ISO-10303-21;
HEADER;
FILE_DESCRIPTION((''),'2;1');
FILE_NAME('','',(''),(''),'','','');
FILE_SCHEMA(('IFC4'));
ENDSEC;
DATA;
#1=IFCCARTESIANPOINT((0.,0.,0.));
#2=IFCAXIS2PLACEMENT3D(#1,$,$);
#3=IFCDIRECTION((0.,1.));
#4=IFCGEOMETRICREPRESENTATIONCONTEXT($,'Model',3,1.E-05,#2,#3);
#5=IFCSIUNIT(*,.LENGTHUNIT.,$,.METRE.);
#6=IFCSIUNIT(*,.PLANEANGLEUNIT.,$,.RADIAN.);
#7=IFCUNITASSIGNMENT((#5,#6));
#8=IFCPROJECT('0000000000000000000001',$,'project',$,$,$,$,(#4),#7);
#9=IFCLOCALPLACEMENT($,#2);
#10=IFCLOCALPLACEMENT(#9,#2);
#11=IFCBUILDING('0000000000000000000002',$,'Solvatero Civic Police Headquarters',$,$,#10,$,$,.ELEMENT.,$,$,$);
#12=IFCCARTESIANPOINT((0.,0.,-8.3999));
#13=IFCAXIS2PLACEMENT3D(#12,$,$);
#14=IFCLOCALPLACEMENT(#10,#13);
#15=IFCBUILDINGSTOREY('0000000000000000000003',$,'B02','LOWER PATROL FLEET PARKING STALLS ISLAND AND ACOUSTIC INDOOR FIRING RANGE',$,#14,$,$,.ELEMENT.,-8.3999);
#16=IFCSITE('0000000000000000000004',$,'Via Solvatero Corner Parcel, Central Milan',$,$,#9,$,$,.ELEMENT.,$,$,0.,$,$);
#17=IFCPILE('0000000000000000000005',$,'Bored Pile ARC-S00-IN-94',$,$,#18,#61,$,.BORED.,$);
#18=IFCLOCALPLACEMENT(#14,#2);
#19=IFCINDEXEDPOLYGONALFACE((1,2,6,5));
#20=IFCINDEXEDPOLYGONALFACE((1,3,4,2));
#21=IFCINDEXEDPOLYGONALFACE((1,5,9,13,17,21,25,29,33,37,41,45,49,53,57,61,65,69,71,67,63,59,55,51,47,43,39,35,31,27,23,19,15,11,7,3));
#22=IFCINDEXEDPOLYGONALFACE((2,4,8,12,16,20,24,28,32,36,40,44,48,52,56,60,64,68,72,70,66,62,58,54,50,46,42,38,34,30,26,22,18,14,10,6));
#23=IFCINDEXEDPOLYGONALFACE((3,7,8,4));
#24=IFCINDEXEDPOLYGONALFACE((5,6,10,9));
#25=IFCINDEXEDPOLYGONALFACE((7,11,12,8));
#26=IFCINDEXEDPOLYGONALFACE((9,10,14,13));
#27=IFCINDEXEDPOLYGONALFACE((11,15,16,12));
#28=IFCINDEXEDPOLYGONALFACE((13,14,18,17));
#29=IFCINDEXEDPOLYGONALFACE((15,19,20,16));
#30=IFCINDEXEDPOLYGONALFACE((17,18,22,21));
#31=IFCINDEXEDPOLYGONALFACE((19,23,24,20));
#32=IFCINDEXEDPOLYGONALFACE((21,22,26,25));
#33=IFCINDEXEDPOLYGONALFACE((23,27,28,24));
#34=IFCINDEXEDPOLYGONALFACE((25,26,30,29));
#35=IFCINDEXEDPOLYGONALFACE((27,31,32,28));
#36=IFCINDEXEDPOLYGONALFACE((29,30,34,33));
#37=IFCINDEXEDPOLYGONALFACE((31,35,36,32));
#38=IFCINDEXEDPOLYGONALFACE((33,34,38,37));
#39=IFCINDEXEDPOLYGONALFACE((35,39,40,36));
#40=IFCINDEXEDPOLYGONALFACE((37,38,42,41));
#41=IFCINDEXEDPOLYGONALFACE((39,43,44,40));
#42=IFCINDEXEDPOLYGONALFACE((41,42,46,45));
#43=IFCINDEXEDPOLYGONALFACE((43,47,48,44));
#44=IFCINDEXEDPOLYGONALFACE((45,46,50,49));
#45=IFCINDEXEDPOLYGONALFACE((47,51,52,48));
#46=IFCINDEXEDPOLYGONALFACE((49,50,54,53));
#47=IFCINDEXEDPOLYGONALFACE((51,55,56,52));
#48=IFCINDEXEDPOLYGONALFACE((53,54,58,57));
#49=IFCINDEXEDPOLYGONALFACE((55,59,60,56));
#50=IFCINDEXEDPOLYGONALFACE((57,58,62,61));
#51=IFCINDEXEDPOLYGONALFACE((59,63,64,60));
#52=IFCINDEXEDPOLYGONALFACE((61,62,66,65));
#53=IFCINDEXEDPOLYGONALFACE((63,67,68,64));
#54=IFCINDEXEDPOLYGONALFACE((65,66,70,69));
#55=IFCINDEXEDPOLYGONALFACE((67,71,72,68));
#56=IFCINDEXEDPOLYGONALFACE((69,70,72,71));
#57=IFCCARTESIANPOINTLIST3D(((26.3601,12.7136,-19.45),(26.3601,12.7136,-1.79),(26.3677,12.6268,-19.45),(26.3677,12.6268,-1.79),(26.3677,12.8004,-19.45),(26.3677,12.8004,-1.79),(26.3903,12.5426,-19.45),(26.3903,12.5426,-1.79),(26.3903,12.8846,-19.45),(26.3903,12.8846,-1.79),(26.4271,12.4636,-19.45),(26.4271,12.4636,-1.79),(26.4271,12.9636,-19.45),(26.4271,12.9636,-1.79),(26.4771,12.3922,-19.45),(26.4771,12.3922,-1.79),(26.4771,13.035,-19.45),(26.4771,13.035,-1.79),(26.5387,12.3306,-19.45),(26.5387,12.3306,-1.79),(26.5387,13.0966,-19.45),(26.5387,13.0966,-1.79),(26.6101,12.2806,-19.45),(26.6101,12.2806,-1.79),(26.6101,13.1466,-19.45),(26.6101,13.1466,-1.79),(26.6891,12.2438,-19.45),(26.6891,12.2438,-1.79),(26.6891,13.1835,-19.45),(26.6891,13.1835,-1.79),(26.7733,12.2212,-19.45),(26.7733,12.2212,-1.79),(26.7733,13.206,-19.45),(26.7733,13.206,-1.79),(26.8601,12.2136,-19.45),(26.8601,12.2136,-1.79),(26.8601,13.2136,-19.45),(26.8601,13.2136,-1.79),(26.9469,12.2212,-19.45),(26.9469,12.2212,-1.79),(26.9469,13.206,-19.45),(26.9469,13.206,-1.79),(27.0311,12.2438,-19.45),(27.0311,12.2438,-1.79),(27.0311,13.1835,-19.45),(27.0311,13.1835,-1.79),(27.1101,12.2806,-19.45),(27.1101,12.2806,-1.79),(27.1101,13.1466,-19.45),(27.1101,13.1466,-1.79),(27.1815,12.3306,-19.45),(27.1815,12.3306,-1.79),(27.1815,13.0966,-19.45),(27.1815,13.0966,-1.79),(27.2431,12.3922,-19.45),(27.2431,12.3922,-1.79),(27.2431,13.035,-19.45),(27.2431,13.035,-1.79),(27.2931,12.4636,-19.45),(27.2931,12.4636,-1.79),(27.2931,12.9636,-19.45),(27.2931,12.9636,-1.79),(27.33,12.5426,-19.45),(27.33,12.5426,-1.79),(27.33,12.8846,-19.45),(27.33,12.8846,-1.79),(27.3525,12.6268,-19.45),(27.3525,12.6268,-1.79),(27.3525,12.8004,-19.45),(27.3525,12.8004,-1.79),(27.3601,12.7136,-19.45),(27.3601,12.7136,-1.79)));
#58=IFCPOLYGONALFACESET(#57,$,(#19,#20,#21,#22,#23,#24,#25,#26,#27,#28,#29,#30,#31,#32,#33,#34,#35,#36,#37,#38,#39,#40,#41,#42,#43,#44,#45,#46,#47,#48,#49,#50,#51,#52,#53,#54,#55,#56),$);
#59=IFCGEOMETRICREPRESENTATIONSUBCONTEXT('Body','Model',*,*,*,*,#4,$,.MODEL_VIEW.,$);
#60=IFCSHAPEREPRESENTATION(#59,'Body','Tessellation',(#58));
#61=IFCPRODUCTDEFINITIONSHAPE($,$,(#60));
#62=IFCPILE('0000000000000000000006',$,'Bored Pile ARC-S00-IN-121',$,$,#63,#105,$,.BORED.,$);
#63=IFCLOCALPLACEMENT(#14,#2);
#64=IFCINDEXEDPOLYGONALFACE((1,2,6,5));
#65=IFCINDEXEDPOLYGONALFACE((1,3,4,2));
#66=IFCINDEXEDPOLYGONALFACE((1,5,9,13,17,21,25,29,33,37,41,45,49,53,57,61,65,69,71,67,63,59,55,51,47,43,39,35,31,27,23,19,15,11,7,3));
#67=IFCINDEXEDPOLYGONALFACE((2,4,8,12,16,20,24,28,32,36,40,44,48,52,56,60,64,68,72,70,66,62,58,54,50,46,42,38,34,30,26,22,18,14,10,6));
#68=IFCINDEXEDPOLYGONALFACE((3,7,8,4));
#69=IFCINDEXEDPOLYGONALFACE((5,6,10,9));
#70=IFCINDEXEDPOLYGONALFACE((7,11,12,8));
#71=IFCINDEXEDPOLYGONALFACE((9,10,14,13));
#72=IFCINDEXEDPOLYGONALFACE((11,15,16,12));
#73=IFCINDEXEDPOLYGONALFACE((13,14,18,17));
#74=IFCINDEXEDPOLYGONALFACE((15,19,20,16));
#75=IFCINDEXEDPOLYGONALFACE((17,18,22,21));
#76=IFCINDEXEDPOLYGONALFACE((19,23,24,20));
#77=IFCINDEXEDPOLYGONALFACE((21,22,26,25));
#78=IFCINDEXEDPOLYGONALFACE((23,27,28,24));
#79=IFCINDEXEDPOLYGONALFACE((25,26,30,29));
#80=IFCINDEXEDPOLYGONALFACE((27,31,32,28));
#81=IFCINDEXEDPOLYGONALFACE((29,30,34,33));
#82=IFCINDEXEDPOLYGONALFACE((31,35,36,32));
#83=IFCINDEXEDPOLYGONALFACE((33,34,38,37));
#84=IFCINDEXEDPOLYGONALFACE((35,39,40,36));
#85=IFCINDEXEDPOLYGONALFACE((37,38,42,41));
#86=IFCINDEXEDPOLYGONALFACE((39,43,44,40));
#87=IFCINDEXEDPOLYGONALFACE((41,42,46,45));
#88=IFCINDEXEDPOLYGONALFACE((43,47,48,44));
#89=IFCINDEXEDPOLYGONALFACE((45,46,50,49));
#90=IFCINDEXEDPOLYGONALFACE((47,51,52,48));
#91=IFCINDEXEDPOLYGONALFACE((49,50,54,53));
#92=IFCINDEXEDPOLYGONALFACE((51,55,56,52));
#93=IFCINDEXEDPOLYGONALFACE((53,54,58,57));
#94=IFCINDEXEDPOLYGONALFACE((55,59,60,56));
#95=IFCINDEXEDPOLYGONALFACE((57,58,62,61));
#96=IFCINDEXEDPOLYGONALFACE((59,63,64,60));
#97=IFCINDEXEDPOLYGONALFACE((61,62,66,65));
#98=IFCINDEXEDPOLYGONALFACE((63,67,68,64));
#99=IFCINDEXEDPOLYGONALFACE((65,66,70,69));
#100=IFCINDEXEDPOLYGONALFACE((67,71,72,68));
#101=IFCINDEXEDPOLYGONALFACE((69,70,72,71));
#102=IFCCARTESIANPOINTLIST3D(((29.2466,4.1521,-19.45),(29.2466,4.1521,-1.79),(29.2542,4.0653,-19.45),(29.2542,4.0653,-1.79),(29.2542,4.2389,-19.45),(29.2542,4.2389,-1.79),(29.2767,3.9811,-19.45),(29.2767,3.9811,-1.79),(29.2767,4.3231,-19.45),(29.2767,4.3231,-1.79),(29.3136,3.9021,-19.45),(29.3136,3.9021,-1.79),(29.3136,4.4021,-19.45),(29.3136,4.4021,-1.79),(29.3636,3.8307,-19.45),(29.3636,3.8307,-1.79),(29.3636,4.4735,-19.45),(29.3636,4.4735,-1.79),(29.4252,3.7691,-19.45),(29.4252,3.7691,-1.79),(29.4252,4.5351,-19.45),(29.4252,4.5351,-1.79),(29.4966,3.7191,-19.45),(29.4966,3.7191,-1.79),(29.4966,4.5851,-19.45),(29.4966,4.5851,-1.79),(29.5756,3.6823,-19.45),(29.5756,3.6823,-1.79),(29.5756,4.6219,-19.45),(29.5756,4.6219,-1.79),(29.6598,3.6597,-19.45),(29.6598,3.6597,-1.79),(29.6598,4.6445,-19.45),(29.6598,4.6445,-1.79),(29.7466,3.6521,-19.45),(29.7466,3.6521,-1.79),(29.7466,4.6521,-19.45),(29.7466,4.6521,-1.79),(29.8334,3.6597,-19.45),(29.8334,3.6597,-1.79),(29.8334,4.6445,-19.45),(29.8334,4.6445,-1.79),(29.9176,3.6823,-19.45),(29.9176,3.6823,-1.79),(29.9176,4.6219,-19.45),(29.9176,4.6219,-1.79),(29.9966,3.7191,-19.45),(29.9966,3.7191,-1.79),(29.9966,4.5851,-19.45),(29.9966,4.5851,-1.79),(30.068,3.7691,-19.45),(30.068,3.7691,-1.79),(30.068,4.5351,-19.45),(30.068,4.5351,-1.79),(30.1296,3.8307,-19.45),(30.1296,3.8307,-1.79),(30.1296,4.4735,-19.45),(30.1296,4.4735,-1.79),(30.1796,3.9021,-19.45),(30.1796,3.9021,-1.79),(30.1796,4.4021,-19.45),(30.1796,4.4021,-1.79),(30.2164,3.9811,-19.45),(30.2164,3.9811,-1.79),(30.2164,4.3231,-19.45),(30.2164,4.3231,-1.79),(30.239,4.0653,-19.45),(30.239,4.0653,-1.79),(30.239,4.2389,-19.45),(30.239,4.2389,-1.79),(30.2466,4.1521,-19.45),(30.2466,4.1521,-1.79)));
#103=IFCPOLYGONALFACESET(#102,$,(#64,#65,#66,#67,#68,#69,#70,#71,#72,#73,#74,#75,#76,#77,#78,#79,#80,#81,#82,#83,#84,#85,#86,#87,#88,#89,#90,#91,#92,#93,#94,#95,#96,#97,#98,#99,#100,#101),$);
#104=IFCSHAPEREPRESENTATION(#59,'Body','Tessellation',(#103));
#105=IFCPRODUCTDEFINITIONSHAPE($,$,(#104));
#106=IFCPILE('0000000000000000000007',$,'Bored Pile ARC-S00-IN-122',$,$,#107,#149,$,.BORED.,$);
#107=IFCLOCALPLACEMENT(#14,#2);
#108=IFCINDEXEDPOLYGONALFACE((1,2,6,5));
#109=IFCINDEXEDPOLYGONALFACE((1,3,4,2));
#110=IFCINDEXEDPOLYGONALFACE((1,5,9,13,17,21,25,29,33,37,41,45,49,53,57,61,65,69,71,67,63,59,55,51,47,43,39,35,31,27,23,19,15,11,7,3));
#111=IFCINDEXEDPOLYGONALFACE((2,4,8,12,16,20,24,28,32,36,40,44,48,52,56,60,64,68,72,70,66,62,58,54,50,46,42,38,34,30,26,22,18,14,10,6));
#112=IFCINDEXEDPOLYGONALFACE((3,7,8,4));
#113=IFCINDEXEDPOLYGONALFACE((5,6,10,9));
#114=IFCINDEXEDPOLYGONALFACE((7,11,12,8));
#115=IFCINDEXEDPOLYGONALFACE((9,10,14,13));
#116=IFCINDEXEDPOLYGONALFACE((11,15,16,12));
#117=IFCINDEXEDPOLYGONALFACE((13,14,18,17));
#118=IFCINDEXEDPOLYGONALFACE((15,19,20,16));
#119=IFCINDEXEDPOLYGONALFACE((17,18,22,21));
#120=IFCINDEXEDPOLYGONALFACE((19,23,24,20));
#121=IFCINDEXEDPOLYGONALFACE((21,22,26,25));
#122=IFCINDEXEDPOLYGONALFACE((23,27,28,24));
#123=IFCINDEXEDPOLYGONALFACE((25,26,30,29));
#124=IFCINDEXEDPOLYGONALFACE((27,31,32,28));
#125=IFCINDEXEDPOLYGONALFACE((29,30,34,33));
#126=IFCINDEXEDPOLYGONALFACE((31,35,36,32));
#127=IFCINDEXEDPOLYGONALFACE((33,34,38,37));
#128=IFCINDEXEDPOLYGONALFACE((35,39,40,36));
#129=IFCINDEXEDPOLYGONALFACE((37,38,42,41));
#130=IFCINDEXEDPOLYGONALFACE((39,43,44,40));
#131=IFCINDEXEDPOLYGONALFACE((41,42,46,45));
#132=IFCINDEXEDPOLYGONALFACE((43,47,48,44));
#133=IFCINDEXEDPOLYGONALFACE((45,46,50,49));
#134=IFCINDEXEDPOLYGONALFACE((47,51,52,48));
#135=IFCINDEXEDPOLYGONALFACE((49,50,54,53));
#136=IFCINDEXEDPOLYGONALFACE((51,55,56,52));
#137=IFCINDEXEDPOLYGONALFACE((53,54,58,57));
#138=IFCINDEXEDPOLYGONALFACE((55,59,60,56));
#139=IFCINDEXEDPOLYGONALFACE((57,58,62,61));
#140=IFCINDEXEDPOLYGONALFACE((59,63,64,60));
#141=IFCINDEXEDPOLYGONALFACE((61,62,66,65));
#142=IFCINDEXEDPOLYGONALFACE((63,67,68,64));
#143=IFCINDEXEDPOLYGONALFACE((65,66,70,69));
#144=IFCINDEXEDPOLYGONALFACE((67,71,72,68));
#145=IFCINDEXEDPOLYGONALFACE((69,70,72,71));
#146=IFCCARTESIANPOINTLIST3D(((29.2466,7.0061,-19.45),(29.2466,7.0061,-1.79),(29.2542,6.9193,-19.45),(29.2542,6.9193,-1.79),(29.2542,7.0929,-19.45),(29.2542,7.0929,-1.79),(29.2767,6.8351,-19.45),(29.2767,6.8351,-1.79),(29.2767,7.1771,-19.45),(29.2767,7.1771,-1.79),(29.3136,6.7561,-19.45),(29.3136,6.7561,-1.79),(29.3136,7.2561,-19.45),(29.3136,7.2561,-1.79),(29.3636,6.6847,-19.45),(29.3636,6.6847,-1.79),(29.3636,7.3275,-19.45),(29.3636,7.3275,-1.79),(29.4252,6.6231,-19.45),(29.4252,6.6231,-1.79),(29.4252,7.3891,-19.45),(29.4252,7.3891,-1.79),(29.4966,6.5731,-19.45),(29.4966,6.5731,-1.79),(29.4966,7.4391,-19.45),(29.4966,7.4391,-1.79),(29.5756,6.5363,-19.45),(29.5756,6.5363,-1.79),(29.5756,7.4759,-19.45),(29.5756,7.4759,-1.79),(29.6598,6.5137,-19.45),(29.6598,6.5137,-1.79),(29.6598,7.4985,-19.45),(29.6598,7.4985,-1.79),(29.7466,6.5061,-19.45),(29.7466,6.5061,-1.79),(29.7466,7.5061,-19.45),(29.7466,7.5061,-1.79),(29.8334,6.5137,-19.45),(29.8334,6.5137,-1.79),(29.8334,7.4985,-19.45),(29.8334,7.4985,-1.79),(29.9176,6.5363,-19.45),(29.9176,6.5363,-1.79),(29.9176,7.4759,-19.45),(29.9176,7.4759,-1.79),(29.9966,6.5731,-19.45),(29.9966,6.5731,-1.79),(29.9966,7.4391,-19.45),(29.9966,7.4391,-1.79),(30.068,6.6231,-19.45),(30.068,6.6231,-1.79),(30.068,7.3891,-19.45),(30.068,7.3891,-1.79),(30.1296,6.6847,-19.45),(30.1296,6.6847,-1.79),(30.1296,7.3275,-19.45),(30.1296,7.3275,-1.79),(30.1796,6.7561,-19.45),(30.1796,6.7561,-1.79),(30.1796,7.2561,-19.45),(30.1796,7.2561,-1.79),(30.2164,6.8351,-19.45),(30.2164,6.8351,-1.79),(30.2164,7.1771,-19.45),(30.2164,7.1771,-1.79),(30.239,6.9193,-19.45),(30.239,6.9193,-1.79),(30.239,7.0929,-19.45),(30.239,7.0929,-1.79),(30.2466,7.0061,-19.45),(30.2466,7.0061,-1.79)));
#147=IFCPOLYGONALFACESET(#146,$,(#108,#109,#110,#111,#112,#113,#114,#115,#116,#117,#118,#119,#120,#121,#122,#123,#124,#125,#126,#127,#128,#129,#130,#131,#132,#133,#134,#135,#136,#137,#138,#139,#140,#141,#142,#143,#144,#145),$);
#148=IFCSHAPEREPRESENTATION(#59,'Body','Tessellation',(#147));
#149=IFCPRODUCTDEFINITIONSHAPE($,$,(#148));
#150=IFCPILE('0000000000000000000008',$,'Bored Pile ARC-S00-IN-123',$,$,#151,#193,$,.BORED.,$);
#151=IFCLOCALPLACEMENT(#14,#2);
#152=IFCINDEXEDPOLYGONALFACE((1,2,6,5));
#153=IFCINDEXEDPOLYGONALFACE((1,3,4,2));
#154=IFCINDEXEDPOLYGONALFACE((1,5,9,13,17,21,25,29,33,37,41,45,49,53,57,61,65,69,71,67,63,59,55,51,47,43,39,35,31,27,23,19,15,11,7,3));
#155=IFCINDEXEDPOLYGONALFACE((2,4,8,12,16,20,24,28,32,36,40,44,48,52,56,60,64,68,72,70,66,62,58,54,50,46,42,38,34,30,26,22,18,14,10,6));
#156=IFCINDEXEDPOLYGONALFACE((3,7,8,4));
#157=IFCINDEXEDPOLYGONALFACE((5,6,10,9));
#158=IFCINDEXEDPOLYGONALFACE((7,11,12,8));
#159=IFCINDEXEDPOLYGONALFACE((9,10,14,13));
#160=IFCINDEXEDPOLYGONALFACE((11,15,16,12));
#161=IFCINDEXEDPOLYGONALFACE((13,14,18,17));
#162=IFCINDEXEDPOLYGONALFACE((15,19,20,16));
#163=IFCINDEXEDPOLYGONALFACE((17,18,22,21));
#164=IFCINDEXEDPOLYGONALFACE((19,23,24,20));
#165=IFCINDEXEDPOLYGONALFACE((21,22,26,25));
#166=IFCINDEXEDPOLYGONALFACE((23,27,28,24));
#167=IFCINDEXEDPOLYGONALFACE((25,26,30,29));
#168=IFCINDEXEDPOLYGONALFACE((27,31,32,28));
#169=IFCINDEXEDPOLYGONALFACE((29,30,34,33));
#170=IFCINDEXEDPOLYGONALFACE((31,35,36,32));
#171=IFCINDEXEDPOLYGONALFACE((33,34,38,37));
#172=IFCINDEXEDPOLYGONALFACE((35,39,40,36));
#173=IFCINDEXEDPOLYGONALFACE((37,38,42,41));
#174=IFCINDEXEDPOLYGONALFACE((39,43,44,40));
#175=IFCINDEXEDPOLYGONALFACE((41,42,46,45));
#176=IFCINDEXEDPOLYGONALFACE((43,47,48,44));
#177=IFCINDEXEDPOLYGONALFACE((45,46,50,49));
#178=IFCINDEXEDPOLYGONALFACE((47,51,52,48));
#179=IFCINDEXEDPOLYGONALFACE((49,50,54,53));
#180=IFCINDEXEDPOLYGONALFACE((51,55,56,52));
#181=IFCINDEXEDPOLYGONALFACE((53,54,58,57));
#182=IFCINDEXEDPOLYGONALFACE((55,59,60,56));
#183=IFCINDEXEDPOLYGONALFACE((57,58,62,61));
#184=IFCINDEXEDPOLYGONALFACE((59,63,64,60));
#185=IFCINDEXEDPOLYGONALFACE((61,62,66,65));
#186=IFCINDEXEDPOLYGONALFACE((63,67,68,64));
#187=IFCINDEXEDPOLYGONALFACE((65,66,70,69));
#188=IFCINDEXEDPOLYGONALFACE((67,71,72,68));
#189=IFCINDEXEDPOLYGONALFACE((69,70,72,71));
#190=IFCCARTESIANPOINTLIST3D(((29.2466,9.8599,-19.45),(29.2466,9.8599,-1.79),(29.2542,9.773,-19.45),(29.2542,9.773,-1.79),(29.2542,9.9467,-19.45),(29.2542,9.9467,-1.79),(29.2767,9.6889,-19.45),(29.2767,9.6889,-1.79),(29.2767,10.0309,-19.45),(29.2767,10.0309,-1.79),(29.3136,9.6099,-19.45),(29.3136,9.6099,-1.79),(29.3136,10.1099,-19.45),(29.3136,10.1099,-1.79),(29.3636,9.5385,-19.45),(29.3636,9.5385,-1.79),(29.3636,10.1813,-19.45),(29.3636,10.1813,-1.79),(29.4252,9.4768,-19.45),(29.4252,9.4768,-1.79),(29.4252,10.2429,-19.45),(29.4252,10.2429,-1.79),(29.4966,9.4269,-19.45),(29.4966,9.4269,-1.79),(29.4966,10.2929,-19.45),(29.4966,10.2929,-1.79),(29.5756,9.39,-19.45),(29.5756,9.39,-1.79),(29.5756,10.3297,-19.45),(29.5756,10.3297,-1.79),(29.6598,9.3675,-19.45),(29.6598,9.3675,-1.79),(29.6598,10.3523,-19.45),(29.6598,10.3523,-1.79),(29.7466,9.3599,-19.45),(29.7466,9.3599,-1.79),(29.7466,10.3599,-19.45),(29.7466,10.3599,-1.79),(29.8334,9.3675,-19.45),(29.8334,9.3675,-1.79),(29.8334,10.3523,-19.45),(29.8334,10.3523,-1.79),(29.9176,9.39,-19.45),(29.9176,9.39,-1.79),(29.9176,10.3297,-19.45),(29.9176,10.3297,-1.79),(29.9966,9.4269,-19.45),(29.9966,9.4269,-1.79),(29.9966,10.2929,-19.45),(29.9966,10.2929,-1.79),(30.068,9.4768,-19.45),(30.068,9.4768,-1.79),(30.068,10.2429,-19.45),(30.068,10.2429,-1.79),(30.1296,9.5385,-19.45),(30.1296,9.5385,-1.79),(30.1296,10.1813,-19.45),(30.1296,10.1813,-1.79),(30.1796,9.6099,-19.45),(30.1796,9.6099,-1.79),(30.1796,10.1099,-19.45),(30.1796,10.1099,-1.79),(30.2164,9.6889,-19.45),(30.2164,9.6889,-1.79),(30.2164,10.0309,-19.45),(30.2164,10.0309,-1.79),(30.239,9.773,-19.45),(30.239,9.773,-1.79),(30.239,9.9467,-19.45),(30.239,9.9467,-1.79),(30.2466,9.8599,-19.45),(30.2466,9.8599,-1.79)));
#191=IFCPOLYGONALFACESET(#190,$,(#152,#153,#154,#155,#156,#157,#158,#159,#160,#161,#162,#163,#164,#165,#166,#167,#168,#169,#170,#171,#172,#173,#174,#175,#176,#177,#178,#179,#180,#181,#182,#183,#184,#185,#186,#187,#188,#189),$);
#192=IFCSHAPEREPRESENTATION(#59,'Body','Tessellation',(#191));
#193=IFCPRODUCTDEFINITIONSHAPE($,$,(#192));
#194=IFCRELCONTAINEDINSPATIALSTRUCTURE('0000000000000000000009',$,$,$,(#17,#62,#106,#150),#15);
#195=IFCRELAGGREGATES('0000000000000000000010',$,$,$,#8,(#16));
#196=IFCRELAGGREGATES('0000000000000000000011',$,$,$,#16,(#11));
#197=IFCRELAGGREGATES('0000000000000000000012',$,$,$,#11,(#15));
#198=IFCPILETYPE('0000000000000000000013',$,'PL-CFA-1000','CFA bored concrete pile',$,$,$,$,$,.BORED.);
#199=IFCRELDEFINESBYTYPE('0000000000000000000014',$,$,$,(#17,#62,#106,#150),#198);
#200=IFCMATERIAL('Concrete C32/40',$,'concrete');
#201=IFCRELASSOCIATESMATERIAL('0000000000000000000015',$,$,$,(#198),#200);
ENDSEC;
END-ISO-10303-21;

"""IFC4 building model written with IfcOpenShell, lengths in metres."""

from ifc_helpers import new_model, si_unit, direction, frame, origin, origin_2d, place, context, subcontext, project, spatial, circle, extrude, material, material_profile, profile_set, type_object, element, save


model = new_model("IFC4")

# Units and contexts
model_context = context("Model", 3, precision=1e-05, world=origin(), true_north=direction((0.0, 1.0)))
body_context = subcontext(model_context, "Body", "Model", "MODEL_VIEW")
ifc_project = project(units=[si_unit("LENGTHUNIT", "METRE"), si_unit("PLANEANGLEUNIT", "RADIAN")], contexts=[model_context])

# Site, building, storey
site_placement = place(None, origin())
site = spatial("IfcSite", under=ifc_project, at=site_placement, Name="Via Solvatero Corner Parcel, Central Milan", CompositionType="ELEMENT", RefElevation=0.0)
building_placement = place(site_placement, origin())
building = spatial("IfcBuilding", under=site, at=building_placement, Name="Solvatero Civic Police Headquarters", CompositionType="ELEMENT")
storey_placement = place(building_placement, frame((0.0, 0.0, -8.3999)))
storey = spatial("IfcBuildingStorey", under=building, at=storey_placement, Name="B02", Description="LOWER PATROL FLEET PARKING STALLS ISLAND AND ACOUSTIC INDOOR FIRING RANGE", CompositionType="ELEMENT", Elevation=-8.3999)

# Piles
ifc_material_1 = material(Name="Concrete C32/40", Category="concrete")
ifc_material_profile_1 = material_profile(ifc_material_1, circle(Radius=0.5, at=origin_2d()), Name="CFA PILE D1000")
ifc_profile_set_1 = profile_set([ifc_material_profile_1], Name="Concrete C32/40")
pile_type_1 = type_object("IfcPileType", Name="PL-CFA-1000", Description="CFA bored concrete pile", PredefinedType="BORED", material=ifc_profile_set_1)
for number, where, z_axis, x_axis, name in (
    (1, (26.8601, 12.7136, -1.79), (0.0, 0.0, -1.0), (1.0, 0.0, 0.0), "Bored Pile ARC-S00-IN-94"),
    (2, (29.7466, 4.1521, -1.79), (0.0, 0.0, -1.0), (1.0, 0.0, 0.0), "Bored Pile ARC-S00-IN-121"),
    (3, (29.7466, 7.0061, -1.79), (0.0, 0.0, -1.0), (1.0, 0.0, 0.0), "Bored Pile ARC-S00-IN-122"),
    (4, (29.7466, 9.8599, -1.79), (0.0, 0.0, -1.0), (1.0, 0.0, 0.0), "Bored Pile ARC-S00-IN-123"),
):
    element("IfcPile", number, at=place(storey_placement, frame(where, z_axis=z_axis, x_axis=x_axis)), inside=storey, type_object=pile_type_1, Name=name, PredefinedType="BORED", context=body_context, shape_type="SweptSolid", body=[
        extrude(circle(Radius=0.5, at=origin_2d()), origin(), (0.0, 0.0, 1.0), 17.6599),
    ])

save(model, "model.ifc")
